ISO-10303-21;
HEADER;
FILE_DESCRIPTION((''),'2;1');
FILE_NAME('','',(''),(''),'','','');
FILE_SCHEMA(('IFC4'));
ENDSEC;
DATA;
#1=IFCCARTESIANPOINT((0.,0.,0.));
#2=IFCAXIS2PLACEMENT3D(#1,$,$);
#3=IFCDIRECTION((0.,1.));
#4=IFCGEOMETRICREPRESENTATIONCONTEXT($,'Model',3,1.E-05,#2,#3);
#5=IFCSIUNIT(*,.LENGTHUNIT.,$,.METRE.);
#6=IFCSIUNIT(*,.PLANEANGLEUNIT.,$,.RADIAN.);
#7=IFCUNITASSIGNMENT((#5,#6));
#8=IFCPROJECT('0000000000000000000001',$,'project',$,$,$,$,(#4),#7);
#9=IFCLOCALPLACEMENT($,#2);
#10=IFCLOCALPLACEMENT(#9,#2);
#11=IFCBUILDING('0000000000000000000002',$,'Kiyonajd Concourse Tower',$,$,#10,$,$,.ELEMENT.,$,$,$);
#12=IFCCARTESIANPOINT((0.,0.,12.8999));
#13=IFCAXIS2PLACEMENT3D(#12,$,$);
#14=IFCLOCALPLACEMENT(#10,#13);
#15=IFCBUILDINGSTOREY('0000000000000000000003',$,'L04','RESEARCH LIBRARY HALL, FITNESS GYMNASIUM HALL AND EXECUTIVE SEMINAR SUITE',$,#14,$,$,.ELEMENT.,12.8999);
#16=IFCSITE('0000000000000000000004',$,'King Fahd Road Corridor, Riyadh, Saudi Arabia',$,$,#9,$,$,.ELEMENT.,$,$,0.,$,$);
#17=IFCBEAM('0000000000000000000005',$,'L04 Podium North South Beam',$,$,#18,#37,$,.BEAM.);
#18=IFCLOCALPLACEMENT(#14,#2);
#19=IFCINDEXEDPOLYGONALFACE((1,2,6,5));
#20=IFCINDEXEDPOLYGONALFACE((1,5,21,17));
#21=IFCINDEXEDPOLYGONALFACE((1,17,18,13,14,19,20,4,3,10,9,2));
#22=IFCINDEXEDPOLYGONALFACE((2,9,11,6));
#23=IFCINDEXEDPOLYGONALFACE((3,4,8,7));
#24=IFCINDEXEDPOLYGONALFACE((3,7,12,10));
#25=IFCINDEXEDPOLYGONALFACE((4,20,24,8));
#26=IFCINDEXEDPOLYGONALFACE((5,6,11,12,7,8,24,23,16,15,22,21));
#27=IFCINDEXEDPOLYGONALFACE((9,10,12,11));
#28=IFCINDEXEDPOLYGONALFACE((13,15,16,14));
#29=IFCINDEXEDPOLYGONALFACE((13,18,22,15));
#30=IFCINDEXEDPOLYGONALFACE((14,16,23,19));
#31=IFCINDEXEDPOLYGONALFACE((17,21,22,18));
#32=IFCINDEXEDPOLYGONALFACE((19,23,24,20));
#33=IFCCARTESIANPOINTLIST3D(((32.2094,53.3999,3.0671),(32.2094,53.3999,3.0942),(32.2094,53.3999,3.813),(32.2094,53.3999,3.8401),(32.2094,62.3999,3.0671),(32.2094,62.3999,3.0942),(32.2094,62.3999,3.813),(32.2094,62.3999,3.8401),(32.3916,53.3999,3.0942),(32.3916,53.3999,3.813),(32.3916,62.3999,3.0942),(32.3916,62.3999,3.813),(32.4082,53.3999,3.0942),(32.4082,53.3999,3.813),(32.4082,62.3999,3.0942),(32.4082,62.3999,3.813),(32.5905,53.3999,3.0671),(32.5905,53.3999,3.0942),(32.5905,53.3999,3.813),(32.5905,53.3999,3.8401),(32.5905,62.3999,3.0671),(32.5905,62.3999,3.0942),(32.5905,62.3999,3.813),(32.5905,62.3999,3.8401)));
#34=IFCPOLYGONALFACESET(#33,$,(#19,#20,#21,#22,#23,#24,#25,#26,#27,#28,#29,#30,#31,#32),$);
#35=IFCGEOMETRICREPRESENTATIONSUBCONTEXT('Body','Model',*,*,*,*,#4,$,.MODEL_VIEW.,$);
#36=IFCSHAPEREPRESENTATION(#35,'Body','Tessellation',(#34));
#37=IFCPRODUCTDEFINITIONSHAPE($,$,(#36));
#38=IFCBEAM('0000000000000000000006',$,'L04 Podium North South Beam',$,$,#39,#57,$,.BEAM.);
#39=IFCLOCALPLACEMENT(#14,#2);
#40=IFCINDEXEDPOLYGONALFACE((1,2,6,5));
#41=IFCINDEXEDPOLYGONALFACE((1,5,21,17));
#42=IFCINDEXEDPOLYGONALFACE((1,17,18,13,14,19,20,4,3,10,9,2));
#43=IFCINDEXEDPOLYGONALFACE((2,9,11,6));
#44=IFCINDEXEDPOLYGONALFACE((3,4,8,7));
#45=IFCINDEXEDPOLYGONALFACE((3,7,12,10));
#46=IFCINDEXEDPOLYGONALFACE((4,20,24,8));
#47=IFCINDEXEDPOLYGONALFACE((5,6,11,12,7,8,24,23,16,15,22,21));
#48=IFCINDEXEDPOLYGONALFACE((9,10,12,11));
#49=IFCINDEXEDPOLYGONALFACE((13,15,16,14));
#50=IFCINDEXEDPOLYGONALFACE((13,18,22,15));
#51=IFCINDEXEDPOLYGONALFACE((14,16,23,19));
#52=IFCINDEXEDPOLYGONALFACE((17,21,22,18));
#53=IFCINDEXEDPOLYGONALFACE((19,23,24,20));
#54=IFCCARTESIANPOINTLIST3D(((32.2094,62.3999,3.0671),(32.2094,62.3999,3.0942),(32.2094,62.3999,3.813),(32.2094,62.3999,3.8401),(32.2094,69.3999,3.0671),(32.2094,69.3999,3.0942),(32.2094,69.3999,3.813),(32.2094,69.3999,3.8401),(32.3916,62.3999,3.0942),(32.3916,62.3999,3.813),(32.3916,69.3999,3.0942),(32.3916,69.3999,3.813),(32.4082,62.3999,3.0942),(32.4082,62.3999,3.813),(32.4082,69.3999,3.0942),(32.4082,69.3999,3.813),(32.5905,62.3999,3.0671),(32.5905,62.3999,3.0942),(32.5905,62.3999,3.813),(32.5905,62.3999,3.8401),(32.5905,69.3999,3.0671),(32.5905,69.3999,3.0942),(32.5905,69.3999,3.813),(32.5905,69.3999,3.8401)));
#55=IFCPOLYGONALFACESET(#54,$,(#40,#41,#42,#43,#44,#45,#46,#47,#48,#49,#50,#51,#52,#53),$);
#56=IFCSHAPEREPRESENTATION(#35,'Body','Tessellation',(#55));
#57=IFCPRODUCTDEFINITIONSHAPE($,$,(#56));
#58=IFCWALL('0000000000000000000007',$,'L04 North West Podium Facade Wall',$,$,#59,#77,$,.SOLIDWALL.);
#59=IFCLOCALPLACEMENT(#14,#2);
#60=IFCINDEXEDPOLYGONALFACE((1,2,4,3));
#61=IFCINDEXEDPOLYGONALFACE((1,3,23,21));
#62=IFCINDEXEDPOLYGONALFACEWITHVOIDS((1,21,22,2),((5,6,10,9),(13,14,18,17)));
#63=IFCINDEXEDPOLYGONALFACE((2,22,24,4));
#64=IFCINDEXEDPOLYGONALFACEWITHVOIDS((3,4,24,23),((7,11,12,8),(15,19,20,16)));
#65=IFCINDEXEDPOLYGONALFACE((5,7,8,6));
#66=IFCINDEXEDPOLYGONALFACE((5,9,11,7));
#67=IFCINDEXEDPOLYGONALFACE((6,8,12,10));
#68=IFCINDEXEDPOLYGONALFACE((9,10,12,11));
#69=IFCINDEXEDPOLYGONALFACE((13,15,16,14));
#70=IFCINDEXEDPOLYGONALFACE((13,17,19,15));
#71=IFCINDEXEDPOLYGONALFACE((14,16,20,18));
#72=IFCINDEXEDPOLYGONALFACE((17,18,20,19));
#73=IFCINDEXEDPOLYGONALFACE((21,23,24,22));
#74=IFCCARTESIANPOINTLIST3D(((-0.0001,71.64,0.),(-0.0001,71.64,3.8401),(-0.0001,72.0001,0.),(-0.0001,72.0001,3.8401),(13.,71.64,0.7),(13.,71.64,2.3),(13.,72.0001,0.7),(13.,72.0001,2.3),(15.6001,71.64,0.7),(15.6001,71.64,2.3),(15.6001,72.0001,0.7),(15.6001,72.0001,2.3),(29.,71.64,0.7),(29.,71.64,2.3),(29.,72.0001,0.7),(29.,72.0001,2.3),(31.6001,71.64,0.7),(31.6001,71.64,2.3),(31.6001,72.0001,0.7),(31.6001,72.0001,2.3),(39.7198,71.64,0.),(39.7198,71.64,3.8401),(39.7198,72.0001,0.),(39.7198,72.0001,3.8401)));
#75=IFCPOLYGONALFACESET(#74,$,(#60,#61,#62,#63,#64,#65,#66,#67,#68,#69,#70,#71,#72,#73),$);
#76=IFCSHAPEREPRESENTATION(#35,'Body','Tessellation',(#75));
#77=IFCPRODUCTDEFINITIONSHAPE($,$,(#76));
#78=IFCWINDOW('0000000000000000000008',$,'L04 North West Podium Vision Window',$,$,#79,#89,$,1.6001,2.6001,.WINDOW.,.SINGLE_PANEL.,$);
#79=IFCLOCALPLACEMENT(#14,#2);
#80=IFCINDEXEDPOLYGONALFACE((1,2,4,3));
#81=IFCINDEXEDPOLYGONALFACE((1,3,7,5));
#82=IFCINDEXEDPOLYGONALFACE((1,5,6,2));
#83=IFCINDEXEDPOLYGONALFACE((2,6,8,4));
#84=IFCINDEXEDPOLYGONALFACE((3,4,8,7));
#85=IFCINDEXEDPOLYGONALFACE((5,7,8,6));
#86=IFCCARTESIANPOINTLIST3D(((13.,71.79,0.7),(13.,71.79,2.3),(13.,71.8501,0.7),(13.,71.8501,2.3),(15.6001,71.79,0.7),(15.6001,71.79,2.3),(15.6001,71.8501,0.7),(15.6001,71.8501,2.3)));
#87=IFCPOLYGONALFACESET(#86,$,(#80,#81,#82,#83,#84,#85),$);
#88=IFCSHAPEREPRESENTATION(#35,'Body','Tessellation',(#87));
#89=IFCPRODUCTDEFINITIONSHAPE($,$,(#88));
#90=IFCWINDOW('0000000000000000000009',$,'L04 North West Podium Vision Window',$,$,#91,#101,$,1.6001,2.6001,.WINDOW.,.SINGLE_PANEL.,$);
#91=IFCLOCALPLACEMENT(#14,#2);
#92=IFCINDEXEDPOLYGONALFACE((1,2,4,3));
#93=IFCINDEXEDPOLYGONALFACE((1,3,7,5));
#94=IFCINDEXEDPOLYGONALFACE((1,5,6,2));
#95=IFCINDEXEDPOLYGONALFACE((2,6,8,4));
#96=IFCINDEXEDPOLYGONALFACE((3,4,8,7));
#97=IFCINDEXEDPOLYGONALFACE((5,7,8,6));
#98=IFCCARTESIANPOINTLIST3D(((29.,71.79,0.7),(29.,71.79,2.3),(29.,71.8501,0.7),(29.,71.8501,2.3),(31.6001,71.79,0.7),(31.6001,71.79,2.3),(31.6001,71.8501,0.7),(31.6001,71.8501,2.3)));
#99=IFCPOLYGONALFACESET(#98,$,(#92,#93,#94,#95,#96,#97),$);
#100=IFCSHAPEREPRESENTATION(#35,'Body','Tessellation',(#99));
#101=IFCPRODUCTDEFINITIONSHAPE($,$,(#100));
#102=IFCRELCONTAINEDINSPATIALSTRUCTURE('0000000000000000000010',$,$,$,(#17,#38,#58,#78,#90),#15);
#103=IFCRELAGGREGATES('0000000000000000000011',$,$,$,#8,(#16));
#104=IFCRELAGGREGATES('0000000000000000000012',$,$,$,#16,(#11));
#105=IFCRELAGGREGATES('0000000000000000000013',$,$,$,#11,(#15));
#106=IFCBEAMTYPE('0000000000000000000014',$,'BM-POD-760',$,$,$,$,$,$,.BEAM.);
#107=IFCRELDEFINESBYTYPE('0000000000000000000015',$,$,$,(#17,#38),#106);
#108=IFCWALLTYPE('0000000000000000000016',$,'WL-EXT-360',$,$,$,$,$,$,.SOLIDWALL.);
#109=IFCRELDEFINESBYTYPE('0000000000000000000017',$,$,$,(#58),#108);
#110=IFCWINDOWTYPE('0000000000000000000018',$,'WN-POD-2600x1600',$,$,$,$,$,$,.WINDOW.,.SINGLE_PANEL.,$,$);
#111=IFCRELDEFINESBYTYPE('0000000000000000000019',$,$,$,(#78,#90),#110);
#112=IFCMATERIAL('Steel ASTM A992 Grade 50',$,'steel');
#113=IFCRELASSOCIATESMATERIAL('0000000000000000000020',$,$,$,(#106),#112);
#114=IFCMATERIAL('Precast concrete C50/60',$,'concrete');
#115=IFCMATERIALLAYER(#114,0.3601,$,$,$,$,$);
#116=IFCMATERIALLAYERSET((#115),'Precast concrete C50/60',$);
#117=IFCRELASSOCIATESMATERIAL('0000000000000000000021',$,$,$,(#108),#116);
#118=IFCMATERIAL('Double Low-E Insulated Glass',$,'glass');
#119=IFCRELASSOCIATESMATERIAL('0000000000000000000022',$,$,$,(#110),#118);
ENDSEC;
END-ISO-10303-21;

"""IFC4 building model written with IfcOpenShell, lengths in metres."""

from ifc_helpers import new_model, si_unit, direction, frame, frame_2d, origin, origin_2d, place, context, subcontext, project, spatial, rectangle, i_section, extrude, material, layer, layer_set, material_profile, profile_set, type_object, element, fill, save


model = new_model("IFC4")

# Units and contexts
model_context = context("Model", 3, precision=1e-05, world=origin(), true_north=direction((0.0, 1.0)))
body_context = subcontext(model_context, "Body", "Model", "MODEL_VIEW")
ifc_project = project(units=[si_unit("LENGTHUNIT", "METRE"), si_unit("PLANEANGLEUNIT", "RADIAN")], contexts=[model_context])

# Site, building, storey
site_placement = place(None, origin())
site = spatial("IfcSite", under=ifc_project, at=site_placement, Name="King Fahd Road Corridor, Riyadh, Saudi Arabia", CompositionType="ELEMENT", RefElevation=0.0)
building_placement = place(site_placement, origin())
building = spatial("IfcBuilding", under=site, at=building_placement, Name="Kiyonajd Concourse Tower", CompositionType="ELEMENT")
storey_placement = place(building_placement, frame((0.0, 0.0, 12.8999)))
storey = spatial("IfcBuildingStorey", under=building, at=storey_placement, Name="L04", Description="RESEARCH LIBRARY HALL, FITNESS GYMNASIUM HALL AND EXECUTIVE SEMINAR SUITE", CompositionType="ELEMENT", Elevation=12.8999)

# Beams
ifc_material_1 = material(Name="Steel ASTM A992 Grade 50", Category="steel")
ifc_material_profile_1 = material_profile(ifc_material_1, i_section(OverallWidth=0.3811, OverallDepth=0.7729, WebThickness=0.0166, FlangeThickness=0.0271, at=origin_2d()), Name="W760X257")
ifc_profile_set_1 = profile_set([ifc_material_profile_1], Name="Steel ASTM A992 Grade 50")
beam_type_1 = type_object("IfcBeamType", Name="BM-POD-760", PredefinedType="BEAM", material=ifc_profile_set_1)
beam_1_placement = place(storey_placement, frame((32.3999, 53.3999, 3.4536), z_axis=(0.0, 1.0, 0.0), x_axis=(-1.0, 0.0, 0.0)))
element("IfcBeam", 1, at=beam_1_placement, inside=storey, type_object=beam_type_1, Name="L04 Podium North South Beam", PredefinedType="BEAM", context=body_context, shape_type="SweptSolid", body=[
    extrude(i_section(OverallWidth=0.3811, OverallDepth=0.7729, WebThickness=0.0166, FlangeThickness=0.0271, at=origin_2d()), origin(), (0.0, 0.0, 1.0), 9.0),
])
beam_2_placement = place(storey_placement, frame((32.3999, 62.3999, 3.4536), z_axis=(0.0, 1.0, 0.0), x_axis=(-1.0, 0.0, 0.0)))
element("IfcBeam", 2, at=beam_2_placement, inside=storey, type_object=beam_type_1, Name="L04 Podium North South Beam", PredefinedType="BEAM", context=body_context, shape_type="SweptSolid", body=[
    extrude(i_section(OverallWidth=0.3811, OverallDepth=0.7729, WebThickness=0.0166, FlangeThickness=0.0271, at=origin_2d()), origin(), (0.0, 0.0, 1.0), 7.0),
])

# Wall, openings, windows
ifc_material_2 = material(Name="Precast concrete C50/60", Category="concrete")
ifc_layer = layer(ifc_material_2, 0.3601)
ifc_layer_set = layer_set([ifc_layer], Name="Precast concrete C50/60")
wall_type = type_object("IfcWallType", Name="WL-EXT-360", PredefinedType="SOLIDWALL", material=ifc_layer_set)
wall_placement = place(storey_placement, frame((0.0, 71.8201, 0.0), z_axis=(0.0, 0.0, 1.0), x_axis=(1.0, 0.0, 0.0)))
wall = element("IfcWall", 3, at=wall_placement, inside=storey, type_object=wall_type, Name="L04 North West Podium Facade Wall", PredefinedType="SOLIDWALL", context=body_context, shape_type="SweptSolid", body=[
    extrude(rectangle(XDim=39.72, YDim=0.3601, at=frame_2d((19.8599, 0.0))), origin(), (0.0, 0.0, 1.0), 3.8401),
])
opening_1_placement = place(wall_placement, frame((13.0, 0.0, 0.7)))
opening_1 = element("IfcOpeningElement", 4, at=opening_1_placement, cuts=wall, PredefinedType="OPENING", context=body_context, shape_type="SweptSolid", body=[
    extrude(rectangle(XDim=2.6001, YDim=1.6001, at=frame_2d((1.3, 0.8))), frame((0.0, 0.1899, 0.0), z_axis=(0.0, -1.0, 0.0), x_axis=(1.0, 0.0, 0.0)), (0.0, 0.0, 1.0), 0.3801),
])
opening_2_placement = place(wall_placement, frame((29.0, 0.0, 0.7)))
opening_2 = element("IfcOpeningElement", 5, at=opening_2_placement, cuts=wall, PredefinedType="OPENING", context=body_context, shape_type="SweptSolid", body=[
    extrude(rectangle(XDim=2.6001, YDim=1.6001, at=frame_2d((1.3, 0.8))), frame((0.0, 0.1899, 0.0), z_axis=(0.0, -1.0, 0.0), x_axis=(1.0, 0.0, 0.0)), (0.0, 0.0, 1.0), 0.3801),
])
ifc_material_3 = material(Name="Double Low-E Insulated Glass", Category="glass")
window_type = type_object("IfcWindowType", Name="WN-POD-2600x1600", PartitioningType="SINGLE_PANEL", PredefinedType="WINDOW", material=ifc_material_3)
window_1_placement = place(opening_1_placement, origin())
window_1 = element("IfcWindow", 6, at=window_1_placement, inside=storey, type_object=window_type, Name="L04 North West Podium Vision Window", OverallHeight=1.6001, OverallWidth=2.6001, PartitioningType="SINGLE_PANEL", PredefinedType="WINDOW", context=body_context, shape_type="SweptSolid", body=[
    extrude(rectangle(XDim=2.6001, YDim=1.6001, at=frame_2d((1.3, 0.8))), frame((0.0, 0.03, 0.0), z_axis=(0.0, -1.0, 0.0), x_axis=(1.0, 0.0, 0.0)), (0.0, 0.0, 1.0), 0.0601),
])
fill(opening_1, window_1)
window_2_placement = place(opening_2_placement, origin())
window_2 = element("IfcWindow", 7, at=window_2_placement, inside=storey, type_object=window_type, Name="L04 North West Podium Vision Window", OverallHeight=1.6001, OverallWidth=2.6001, PartitioningType="SINGLE_PANEL", PredefinedType="WINDOW", context=body_context, shape_type="SweptSolid", body=[
    extrude(rectangle(XDim=2.6001, YDim=1.6001, at=frame_2d((1.3, 0.8))), frame((0.0, 0.03, 0.0), z_axis=(0.0, -1.0, 0.0), x_axis=(1.0, 0.0, 0.0)), (0.0, 0.0, 1.0), 0.0601),
])
fill(opening_2, window_2)

save(model, "model.ifc")
